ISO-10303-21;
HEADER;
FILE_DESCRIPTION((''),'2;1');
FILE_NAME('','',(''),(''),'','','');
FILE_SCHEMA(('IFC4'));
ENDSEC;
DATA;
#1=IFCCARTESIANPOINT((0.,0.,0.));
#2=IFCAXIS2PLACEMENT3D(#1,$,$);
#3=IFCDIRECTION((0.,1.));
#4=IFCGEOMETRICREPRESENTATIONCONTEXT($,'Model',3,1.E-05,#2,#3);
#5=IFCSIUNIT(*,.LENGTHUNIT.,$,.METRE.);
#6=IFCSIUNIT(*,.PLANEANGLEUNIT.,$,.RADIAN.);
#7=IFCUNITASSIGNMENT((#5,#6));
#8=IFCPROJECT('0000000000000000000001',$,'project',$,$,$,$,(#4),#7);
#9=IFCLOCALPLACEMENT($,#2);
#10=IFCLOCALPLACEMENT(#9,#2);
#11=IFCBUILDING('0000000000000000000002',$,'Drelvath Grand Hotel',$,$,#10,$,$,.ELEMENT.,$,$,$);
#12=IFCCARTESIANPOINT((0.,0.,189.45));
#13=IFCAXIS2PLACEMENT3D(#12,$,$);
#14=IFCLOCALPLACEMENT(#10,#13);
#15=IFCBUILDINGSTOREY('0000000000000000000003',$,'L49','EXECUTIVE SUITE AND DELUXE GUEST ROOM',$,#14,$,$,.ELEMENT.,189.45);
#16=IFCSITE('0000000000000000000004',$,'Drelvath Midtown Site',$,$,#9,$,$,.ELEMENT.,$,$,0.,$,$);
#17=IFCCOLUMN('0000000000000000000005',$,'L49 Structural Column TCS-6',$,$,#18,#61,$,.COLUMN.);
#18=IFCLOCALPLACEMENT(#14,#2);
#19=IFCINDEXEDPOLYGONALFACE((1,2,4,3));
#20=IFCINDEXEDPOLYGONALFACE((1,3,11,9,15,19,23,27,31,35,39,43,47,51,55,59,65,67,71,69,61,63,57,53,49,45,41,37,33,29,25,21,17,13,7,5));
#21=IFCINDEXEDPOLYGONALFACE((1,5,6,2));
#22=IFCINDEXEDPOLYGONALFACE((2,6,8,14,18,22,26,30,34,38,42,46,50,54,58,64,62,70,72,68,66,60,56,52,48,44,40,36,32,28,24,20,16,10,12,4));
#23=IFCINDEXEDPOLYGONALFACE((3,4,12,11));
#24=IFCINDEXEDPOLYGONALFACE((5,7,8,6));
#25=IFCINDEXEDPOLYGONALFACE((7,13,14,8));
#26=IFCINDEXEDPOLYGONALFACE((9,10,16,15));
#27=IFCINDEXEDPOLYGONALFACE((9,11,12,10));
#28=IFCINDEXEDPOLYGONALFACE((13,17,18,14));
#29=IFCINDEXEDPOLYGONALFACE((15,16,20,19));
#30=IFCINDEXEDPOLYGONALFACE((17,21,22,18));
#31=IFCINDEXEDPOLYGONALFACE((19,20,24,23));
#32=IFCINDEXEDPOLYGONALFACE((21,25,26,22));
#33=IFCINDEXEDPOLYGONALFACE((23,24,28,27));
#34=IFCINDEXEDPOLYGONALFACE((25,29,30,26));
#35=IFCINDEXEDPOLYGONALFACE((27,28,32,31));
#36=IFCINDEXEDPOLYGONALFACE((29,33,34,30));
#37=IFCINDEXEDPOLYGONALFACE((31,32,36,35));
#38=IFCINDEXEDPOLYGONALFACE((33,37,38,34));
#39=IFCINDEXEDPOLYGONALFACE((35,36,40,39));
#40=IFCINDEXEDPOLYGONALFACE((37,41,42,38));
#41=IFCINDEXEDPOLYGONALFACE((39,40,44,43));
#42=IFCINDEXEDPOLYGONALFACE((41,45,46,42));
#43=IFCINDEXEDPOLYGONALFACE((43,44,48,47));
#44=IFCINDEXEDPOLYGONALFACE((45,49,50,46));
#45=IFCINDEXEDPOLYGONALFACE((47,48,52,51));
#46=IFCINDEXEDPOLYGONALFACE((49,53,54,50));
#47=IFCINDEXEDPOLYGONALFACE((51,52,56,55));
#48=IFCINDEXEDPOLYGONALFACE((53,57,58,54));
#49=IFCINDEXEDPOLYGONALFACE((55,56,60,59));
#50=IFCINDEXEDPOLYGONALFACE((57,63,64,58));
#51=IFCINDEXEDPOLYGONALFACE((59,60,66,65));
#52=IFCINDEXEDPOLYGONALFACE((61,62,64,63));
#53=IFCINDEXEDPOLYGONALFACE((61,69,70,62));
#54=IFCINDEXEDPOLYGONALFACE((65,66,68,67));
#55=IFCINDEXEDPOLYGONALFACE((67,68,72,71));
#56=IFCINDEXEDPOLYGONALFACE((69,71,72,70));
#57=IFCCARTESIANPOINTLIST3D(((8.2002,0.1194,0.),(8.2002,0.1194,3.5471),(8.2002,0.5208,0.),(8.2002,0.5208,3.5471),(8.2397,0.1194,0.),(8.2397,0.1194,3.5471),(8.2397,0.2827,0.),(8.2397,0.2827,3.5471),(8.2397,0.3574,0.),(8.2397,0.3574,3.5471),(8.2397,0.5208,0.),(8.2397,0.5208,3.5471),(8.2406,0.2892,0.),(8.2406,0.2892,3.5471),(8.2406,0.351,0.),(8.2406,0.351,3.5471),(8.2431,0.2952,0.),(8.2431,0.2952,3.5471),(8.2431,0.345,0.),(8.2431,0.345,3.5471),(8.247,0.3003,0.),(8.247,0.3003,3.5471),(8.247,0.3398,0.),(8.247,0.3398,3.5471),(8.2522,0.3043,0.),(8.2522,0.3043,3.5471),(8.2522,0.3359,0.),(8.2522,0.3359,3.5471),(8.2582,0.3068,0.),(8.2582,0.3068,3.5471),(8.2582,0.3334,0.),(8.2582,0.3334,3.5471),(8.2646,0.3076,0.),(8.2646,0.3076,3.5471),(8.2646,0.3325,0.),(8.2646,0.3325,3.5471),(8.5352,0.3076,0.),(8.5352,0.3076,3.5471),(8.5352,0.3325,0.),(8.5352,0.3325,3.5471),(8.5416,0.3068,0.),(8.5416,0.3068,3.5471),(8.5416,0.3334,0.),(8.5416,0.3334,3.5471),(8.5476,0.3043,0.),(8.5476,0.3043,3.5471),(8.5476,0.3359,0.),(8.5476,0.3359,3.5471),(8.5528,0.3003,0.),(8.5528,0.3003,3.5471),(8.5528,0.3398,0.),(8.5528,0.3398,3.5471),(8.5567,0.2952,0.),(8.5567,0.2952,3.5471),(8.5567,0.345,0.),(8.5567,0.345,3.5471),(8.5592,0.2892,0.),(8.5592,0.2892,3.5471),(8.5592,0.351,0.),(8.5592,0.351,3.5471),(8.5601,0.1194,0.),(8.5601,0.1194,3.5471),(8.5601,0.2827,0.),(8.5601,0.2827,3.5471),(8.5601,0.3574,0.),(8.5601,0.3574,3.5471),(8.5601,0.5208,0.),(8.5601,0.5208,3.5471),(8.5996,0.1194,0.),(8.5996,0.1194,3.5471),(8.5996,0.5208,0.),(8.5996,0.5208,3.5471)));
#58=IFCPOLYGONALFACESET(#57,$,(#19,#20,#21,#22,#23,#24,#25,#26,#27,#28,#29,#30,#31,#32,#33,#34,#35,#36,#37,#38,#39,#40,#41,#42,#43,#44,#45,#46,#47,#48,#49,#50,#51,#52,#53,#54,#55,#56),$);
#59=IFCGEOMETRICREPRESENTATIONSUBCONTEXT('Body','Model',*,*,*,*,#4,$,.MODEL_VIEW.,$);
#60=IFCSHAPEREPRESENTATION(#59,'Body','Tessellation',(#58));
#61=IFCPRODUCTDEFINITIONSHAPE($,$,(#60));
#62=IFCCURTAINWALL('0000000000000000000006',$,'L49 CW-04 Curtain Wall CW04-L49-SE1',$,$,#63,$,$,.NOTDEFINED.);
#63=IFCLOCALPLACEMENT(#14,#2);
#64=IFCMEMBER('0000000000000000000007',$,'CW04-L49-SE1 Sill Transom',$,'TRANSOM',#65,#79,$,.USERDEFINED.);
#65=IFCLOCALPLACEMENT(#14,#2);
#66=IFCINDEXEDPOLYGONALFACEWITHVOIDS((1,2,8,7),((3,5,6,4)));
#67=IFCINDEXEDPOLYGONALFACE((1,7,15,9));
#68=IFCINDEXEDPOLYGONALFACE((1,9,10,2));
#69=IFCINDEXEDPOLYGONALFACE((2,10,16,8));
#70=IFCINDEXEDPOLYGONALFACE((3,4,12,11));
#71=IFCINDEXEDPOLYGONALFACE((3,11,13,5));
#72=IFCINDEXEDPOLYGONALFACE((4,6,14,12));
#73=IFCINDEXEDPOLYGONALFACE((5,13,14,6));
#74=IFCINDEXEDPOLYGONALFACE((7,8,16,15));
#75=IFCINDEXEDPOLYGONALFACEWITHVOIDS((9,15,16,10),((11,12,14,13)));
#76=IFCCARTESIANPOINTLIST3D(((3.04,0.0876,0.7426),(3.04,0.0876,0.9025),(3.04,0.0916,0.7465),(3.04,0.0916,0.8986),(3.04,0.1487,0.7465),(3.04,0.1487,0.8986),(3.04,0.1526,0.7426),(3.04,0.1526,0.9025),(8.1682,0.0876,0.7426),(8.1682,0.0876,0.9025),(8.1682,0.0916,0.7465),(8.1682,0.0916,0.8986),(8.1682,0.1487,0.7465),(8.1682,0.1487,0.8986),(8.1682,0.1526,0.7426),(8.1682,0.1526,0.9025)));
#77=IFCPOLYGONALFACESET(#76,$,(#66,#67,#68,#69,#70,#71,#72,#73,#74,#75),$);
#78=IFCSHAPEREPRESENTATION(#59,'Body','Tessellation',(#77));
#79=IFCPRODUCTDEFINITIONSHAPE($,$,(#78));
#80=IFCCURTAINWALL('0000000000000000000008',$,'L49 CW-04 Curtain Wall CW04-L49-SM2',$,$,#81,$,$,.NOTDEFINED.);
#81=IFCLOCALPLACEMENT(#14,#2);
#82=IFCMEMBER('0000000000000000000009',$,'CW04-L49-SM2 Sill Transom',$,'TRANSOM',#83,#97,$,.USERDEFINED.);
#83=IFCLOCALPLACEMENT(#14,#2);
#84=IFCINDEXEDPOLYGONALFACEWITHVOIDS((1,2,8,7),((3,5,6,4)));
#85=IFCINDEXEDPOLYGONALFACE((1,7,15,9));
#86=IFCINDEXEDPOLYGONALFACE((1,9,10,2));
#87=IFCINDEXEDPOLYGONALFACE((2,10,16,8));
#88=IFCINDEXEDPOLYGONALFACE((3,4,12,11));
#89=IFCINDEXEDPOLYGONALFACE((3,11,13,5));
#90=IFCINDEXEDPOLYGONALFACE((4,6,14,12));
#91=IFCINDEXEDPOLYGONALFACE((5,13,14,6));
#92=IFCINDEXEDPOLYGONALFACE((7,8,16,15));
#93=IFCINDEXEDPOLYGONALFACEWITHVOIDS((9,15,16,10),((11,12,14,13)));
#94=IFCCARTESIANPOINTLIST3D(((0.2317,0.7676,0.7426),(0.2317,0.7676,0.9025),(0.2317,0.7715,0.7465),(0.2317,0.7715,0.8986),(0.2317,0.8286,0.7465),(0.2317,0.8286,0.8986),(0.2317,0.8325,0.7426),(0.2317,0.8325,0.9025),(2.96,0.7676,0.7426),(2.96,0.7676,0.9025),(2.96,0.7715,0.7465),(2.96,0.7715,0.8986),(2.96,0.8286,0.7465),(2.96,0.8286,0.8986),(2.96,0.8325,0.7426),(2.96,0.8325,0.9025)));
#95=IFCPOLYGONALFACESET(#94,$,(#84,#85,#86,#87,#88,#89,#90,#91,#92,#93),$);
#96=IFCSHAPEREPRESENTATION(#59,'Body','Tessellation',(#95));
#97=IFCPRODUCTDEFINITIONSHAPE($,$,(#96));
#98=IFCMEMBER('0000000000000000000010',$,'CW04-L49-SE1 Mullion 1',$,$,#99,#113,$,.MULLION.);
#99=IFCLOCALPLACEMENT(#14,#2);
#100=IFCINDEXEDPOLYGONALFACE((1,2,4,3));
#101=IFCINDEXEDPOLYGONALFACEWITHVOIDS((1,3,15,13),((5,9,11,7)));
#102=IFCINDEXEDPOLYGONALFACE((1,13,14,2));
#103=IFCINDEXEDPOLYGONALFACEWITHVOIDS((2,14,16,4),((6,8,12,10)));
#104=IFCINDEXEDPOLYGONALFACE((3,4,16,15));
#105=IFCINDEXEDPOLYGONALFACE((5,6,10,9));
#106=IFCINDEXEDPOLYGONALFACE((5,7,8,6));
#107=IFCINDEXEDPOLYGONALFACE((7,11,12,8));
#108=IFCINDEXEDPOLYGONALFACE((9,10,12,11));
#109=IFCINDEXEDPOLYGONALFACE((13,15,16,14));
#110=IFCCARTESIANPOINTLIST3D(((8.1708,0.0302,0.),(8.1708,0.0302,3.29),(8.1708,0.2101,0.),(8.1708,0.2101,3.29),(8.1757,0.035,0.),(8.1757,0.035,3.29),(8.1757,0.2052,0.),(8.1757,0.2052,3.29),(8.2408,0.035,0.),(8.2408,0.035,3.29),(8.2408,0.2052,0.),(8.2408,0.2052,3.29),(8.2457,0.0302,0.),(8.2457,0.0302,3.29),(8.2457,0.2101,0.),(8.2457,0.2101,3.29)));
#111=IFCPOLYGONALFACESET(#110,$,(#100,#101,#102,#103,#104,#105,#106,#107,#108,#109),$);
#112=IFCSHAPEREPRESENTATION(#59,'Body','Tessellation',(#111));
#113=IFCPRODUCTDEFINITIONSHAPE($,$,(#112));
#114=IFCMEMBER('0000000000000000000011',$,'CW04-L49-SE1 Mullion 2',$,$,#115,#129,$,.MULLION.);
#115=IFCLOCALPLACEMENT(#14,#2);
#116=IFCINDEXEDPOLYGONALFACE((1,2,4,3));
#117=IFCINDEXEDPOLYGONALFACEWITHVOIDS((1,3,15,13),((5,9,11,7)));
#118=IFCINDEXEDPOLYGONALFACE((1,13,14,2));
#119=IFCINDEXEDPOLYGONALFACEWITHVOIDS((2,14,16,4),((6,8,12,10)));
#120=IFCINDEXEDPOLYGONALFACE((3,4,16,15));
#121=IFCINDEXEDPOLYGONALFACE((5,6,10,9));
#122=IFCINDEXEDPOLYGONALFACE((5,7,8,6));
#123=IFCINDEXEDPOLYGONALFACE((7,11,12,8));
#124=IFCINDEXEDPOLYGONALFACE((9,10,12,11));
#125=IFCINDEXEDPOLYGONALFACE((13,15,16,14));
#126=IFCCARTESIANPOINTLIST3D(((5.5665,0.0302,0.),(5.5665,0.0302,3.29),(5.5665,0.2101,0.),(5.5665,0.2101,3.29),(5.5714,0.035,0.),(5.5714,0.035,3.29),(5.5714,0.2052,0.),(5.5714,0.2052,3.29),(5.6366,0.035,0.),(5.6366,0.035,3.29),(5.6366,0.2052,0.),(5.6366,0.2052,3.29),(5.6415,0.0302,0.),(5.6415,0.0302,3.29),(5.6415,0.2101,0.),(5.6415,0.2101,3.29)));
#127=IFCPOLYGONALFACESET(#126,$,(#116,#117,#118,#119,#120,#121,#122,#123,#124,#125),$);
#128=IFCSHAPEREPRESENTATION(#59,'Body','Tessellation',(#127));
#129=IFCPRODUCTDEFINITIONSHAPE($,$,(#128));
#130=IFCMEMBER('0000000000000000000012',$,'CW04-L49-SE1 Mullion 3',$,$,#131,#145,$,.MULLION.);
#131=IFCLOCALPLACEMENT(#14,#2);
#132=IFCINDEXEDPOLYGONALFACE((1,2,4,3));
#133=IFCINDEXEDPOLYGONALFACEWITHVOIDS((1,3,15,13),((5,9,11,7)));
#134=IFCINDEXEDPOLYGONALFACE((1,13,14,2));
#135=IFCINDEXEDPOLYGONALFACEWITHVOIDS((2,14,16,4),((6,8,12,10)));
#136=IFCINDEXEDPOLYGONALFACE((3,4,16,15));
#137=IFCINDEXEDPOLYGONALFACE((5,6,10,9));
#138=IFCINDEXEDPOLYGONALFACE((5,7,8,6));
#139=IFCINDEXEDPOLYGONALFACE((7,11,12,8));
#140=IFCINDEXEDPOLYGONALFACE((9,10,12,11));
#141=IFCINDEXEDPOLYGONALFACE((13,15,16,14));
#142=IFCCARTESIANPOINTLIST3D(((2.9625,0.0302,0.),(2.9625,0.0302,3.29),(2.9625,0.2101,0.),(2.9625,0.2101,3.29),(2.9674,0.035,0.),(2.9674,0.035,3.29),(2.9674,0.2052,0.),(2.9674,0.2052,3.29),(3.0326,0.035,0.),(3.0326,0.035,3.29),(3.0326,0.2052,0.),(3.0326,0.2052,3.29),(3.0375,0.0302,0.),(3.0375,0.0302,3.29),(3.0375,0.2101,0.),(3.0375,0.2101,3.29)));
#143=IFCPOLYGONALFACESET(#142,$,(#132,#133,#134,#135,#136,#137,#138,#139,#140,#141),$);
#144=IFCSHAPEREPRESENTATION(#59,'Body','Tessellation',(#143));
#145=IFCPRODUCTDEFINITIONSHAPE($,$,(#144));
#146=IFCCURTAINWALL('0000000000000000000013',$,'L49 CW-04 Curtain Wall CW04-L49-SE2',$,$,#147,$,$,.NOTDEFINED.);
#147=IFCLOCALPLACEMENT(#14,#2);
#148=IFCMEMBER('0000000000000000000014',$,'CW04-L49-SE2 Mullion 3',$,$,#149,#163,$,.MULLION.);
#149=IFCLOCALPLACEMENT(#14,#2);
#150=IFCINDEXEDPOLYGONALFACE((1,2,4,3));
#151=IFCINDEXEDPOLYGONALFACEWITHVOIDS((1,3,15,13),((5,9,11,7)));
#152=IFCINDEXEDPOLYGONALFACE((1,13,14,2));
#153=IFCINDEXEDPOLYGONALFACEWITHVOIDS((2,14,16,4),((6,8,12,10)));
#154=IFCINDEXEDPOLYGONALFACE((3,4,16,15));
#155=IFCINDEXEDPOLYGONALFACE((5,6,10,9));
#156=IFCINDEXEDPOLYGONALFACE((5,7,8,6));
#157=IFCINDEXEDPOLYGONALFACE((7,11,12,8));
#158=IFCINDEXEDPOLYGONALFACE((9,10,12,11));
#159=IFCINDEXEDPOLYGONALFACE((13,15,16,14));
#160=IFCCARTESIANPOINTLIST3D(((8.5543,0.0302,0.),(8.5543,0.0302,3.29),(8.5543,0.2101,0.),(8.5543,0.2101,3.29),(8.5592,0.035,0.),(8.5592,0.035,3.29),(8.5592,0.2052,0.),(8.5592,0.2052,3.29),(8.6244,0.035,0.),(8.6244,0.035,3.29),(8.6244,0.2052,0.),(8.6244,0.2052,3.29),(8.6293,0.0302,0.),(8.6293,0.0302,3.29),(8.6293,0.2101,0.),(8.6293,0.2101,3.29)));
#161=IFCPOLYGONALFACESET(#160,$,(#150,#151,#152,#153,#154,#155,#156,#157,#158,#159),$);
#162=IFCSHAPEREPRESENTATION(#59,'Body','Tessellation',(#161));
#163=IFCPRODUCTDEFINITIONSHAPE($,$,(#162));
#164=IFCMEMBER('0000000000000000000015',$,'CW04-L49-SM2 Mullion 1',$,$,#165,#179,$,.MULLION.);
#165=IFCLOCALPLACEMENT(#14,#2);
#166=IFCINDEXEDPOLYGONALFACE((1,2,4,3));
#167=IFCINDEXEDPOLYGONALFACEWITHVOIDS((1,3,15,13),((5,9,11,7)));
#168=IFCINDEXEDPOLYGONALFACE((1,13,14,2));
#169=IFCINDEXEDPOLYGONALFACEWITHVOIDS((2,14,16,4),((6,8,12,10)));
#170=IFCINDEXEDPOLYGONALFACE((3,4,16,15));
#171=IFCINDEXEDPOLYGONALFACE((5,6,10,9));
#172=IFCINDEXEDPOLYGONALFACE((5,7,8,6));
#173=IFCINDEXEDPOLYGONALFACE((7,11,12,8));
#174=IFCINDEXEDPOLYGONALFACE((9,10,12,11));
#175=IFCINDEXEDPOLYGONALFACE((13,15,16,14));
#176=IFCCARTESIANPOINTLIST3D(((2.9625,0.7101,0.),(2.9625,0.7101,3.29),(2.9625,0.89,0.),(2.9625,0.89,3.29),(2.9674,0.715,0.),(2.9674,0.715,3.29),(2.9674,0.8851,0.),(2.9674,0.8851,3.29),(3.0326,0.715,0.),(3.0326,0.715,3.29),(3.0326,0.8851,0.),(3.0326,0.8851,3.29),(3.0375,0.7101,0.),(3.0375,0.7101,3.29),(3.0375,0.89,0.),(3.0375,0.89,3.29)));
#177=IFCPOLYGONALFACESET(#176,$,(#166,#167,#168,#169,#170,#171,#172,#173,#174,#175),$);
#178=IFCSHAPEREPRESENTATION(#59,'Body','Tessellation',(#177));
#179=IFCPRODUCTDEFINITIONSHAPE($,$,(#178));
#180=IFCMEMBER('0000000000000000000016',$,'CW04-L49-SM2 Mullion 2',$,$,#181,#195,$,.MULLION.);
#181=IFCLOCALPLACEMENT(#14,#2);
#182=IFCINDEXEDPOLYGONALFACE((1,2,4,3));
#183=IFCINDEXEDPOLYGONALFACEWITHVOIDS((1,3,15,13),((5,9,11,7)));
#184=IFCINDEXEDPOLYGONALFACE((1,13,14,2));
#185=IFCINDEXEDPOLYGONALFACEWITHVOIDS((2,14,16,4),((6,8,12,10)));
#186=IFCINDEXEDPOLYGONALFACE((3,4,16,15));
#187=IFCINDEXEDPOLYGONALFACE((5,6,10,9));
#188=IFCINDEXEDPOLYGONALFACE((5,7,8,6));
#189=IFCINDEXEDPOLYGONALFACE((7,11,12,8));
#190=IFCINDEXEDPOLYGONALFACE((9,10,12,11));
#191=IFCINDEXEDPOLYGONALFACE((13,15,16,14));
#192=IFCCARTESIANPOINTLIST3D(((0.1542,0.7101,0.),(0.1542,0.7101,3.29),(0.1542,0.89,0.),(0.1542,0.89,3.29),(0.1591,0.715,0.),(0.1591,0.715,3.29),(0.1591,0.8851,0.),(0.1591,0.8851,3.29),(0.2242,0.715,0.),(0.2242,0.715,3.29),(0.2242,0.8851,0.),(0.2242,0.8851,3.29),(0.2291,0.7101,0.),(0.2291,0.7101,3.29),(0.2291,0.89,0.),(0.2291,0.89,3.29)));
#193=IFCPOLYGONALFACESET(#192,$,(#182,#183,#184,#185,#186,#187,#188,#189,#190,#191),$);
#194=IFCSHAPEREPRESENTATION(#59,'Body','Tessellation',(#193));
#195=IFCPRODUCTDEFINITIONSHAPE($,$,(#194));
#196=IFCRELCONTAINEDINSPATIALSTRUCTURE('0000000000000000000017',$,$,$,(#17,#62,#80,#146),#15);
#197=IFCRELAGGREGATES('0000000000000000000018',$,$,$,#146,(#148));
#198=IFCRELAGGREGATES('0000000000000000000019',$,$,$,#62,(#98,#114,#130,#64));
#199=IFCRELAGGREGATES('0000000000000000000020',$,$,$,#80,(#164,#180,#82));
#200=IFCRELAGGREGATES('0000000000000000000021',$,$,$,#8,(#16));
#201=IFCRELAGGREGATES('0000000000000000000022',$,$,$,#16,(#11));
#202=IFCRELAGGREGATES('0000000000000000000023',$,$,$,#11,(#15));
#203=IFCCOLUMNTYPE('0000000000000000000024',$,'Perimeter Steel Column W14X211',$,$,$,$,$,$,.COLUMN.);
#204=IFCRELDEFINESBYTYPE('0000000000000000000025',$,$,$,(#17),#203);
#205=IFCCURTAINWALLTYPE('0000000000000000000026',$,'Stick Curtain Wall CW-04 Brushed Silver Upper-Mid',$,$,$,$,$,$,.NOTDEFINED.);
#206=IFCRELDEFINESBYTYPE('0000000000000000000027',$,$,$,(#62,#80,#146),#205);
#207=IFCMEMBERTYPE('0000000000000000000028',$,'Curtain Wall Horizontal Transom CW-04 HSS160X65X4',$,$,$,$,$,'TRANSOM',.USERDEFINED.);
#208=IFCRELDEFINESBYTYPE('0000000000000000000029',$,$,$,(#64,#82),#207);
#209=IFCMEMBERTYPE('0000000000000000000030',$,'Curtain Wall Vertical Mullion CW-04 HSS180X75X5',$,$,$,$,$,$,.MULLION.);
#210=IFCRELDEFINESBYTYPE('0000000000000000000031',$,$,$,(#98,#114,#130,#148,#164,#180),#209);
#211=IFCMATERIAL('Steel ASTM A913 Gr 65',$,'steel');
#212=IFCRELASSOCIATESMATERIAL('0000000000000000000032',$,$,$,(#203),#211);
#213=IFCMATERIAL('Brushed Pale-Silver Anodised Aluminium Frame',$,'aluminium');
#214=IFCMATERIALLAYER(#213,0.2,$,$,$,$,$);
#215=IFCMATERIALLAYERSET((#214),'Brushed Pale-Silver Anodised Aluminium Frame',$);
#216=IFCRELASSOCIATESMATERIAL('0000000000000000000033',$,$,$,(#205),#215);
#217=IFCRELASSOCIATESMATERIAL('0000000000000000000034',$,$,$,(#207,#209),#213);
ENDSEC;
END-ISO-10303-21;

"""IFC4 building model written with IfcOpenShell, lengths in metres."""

from ifc_helpers import new_model, si_unit, direction, frame, origin, origin_2d, place, context, subcontext, project, spatial, hollow_rectangle, i_section, extrude, material, layer, layer_set, material_profile, profile_set, type_object, element, aggregate, save


model = new_model("IFC4")

# Units and contexts
model_context = context("Model", 3, precision=1e-05, world=origin(), true_north=direction((0.0, 1.0)))
body_context = subcontext(model_context, "Body", "Model", "MODEL_VIEW")
ifc_project = project(units=[si_unit("LENGTHUNIT", "METRE"), si_unit("PLANEANGLEUNIT", "RADIAN")], contexts=[model_context])

# Site, building, storey
site_placement = place(None, origin())
site = spatial("IfcSite", under=ifc_project, at=site_placement, Name="Drelvath Midtown Site", CompositionType="ELEMENT", RefElevation=0.0)
building_placement = place(site_placement, origin())
building = spatial("IfcBuilding", under=site, at=building_placement, Name="Drelvath Grand Hotel", CompositionType="ELEMENT")
storey_placement = place(building_placement, frame((0.0, 0.0, 189.45)))
storey = spatial("IfcBuildingStorey", under=building, at=storey_placement, Name="L49", Description="EXECUTIVE SUITE AND DELUXE GUEST ROOM", CompositionType="ELEMENT", Elevation=189.45)

# Column
ifc_material_1 = material(Name="Steel ASTM A913 Gr 65", Category="steel")
ifc_material_profile_1 = material_profile(ifc_material_1, i_section(OverallWidth=0.4014, OverallDepth=0.3994, WebThickness=0.0249, FlangeThickness=0.0396, FilletRadius=0.0249, at=origin_2d()), Name="W14X211")
ifc_profile_set_1 = profile_set([ifc_material_profile_1], Name="Steel ASTM A913 Gr 65")
column_type = type_object("IfcColumnType", Name="Perimeter Steel Column W14X211", PredefinedType="COLUMN", material=ifc_profile_set_1)
column_placement = place(storey_placement, frame((8.3999, 0.3201, 0.0), z_axis=(0.0, 0.0, 1.0), x_axis=(0.0, 1.0, 0.0)))
element("IfcColumn", 1, at=column_placement, inside=storey, type_object=column_type, Name="L49 Structural Column TCS-6", PredefinedType="COLUMN", context=body_context, shape_type="SweptSolid", body=[
    extrude(i_section(OverallWidth=0.4014, OverallDepth=0.3994, WebThickness=0.0249, FlangeThickness=0.0396, FilletRadius=0.0249, at=origin_2d()), origin(), (0.0, 0.0, 1.0), 3.5471),
])

# Curtain walls, members
ifc_material_2 = material(Name="Brushed Pale-Silver Anodised Aluminium Frame", Category="aluminium")
ifc_layer_1 = layer(ifc_material_2, 0.2)
ifc_layer_set_1 = layer_set([ifc_layer_1], Name="Brushed Pale-Silver Anodised Aluminium Frame")
curtain_wall_type = type_object("IfcCurtainWallType", Name="Stick Curtain Wall CW-04 Brushed Silver Upper-Mid", PredefinedType="NOTDEFINED", material=ifc_layer_set_1)
curtain_wall_1_placement = place(storey_placement, origin())
curtain_wall_1 = element("IfcCurtainWall", 2, at=curtain_wall_1_placement, inside=storey, type_object=curtain_wall_type, Name="L49 CW-04 Curtain Wall CW04-L49-SE1", PredefinedType="NOTDEFINED")
ifc_material_profile_2 = material_profile(ifc_material_2, hollow_rectangle(XDim=0.0649, YDim=0.1599, WallThickness=0.0039, at=origin_2d()), Name="HSS160X65X4")
ifc_profile_set_2 = profile_set([ifc_material_profile_2], Name="Brushed Pale-Silver Anodised Aluminium Frame")
member_type_1 = type_object("IfcMemberType", Name="Curtain Wall Horizontal Transom CW-04 HSS160X65X4", ElementType="TRANSOM", PredefinedType="USERDEFINED", material=ifc_profile_set_2)
member_1_placement = place(storey_placement, frame((8.1682, 0.1201, 0.8225), z_axis=(-1.0, 0.0, 0.0), x_axis=(0.0, -1.0, 0.0)))
member_1 = element("IfcMember", 3, at=member_1_placement, type_object=member_type_1, Name="CW04-L49-SE1 Sill Transom", ObjectType="TRANSOM", PredefinedType="USERDEFINED", context=body_context, shape_type="SweptSolid", body=[
    extrude(hollow_rectangle(XDim=0.0649, YDim=0.1599, WallThickness=0.0039, at=origin_2d()), origin(), (0.0, 0.0, 1.0), 5.1282),
])
curtain_wall_2_placement = place(storey_placement, origin())
curtain_wall_2 = element("IfcCurtainWall", 4, at=curtain_wall_2_placement, inside=storey, type_object=curtain_wall_type, Name="L49 CW-04 Curtain Wall CW04-L49-SM2", PredefinedType="NOTDEFINED")
member_2_placement = place(storey_placement, frame((2.96, 0.8, 0.8225), z_axis=(-1.0, 0.0, 0.0), x_axis=(0.0, -1.0, 0.0)))
member_2 = element("IfcMember", 5, at=member_2_placement, type_object=member_type_1, Name="CW04-L49-SM2 Sill Transom", ObjectType="TRANSOM", PredefinedType="USERDEFINED", context=body_context, shape_type="SweptSolid", body=[
    extrude(hollow_rectangle(XDim=0.0649, YDim=0.1599, WallThickness=0.0039, at=origin_2d()), origin(), (0.0, 0.0, 1.0), 2.7283),
])

# Members
ifc_material_profile_3 = material_profile(ifc_material_2, hollow_rectangle(XDim=0.075, YDim=0.1799, WallThickness=0.0049, at=origin_2d()), Name="HSS180X75X5")
ifc_profile_set_3 = profile_set([ifc_material_profile_3], Name="Brushed Pale-Silver Anodised Aluminium Frame")
member_type_2 = type_object("IfcMemberType", Name="Curtain Wall Vertical Mullion CW-04 HSS180X75X5", PredefinedType="MULLION", material=ifc_profile_set_3)
member_3_placement = place(storey_placement, frame((8.2083, 0.1201, 0.0), z_axis=(0.0, 0.0, 1.0), x_axis=(1.0, 0.0, 0.0)))
member_3 = element("IfcMember", 6, at=member_3_placement, type_object=member_type_2, Name="CW04-L49-SE1 Mullion 1", PredefinedType="MULLION", context=body_context, shape_type="SweptSolid", body=[
    extrude(hollow_rectangle(XDim=0.075, YDim=0.1799, WallThickness=0.0049, at=origin_2d()), origin(), (0.0, 0.0, 1.0), 3.29),
])
member_4_placement = place(storey_placement, frame((5.604, 0.1201, 0.0), z_axis=(0.0, 0.0, 1.0), x_axis=(1.0, 0.0, 0.0)))
member_4 = element("IfcMember", 7, at=member_4_placement, type_object=member_type_2, Name="CW04-L49-SE1 Mullion 2", PredefinedType="MULLION", context=body_context, shape_type="SweptSolid", body=[
    extrude(hollow_rectangle(XDim=0.075, YDim=0.1799, WallThickness=0.0049, at=origin_2d()), origin(), (0.0, 0.0, 1.0), 3.29),
])
member_5_placement = place(storey_placement, frame((3.0, 0.1201, 0.0), z_axis=(0.0, 0.0, 1.0), x_axis=(1.0, 0.0, 0.0)))
member_5 = element("IfcMember", 8, at=member_5_placement, type_object=member_type_2, Name="CW04-L49-SE1 Mullion 3", PredefinedType="MULLION", context=body_context, shape_type="SweptSolid", body=[
    extrude(hollow_rectangle(XDim=0.075, YDim=0.1799, WallThickness=0.0049, at=origin_2d()), origin(), (0.0, 0.0, 1.0), 3.29),
])

# Curtain wall, member
curtain_wall_3_placement = place(storey_placement, origin())
curtain_wall_3 = element("IfcCurtainWall", 9, at=curtain_wall_3_placement, inside=storey, type_object=curtain_wall_type, Name="L49 CW-04 Curtain Wall CW04-L49-SE2", PredefinedType="NOTDEFINED")
member_6_placement = place(storey_placement, frame((8.5918, 0.1201, 0.0), z_axis=(0.0, 0.0, 1.0), x_axis=(1.0, 0.0, 0.0)))
member_6 = element("IfcMember", 10, at=member_6_placement, type_object=member_type_2, Name="CW04-L49-SE2 Mullion 3", PredefinedType="MULLION", context=body_context, shape_type="SweptSolid", body=[
    extrude(hollow_rectangle(XDim=0.075, YDim=0.1799, WallThickness=0.0049, at=origin_2d()), origin(), (0.0, 0.0, 1.0), 3.29),
])
aggregate(curtain_wall_3, [member_6])

# Members
member_7_placement = place(storey_placement, frame((3.0, 0.8, 0.0), z_axis=(0.0, 0.0, 1.0), x_axis=(1.0, 0.0, 0.0)))
member_7 = element("IfcMember", 11, at=member_7_placement, type_object=member_type_2, Name="CW04-L49-SM2 Mullion 1", PredefinedType="MULLION", context=body_context, shape_type="SweptSolid", body=[
    extrude(hollow_rectangle(XDim=0.075, YDim=0.1799, WallThickness=0.0049, at=origin_2d()), origin(), (0.0, 0.0, 1.0), 3.29),
])
member_8_placement = place(storey_placement, frame((0.1917, 0.8, 0.0), z_axis=(0.0, 0.0, 1.0), x_axis=(1.0, 0.0, 0.0)))
member_8 = element("IfcMember", 12, at=member_8_placement, type_object=member_type_2, Name="CW04-L49-SM2 Mullion 2", PredefinedType="MULLION", context=body_context, shape_type="SweptSolid", body=[
    extrude(hollow_rectangle(XDim=0.075, YDim=0.1799, WallThickness=0.0049, at=origin_2d()), origin(), (0.0, 0.0, 1.0), 3.29),
])

aggregate(curtain_wall_1, [member_3, member_4, member_5, member_1])
aggregate(curtain_wall_2, [member_7, member_8, member_2])

save(model, "model.ifc")
